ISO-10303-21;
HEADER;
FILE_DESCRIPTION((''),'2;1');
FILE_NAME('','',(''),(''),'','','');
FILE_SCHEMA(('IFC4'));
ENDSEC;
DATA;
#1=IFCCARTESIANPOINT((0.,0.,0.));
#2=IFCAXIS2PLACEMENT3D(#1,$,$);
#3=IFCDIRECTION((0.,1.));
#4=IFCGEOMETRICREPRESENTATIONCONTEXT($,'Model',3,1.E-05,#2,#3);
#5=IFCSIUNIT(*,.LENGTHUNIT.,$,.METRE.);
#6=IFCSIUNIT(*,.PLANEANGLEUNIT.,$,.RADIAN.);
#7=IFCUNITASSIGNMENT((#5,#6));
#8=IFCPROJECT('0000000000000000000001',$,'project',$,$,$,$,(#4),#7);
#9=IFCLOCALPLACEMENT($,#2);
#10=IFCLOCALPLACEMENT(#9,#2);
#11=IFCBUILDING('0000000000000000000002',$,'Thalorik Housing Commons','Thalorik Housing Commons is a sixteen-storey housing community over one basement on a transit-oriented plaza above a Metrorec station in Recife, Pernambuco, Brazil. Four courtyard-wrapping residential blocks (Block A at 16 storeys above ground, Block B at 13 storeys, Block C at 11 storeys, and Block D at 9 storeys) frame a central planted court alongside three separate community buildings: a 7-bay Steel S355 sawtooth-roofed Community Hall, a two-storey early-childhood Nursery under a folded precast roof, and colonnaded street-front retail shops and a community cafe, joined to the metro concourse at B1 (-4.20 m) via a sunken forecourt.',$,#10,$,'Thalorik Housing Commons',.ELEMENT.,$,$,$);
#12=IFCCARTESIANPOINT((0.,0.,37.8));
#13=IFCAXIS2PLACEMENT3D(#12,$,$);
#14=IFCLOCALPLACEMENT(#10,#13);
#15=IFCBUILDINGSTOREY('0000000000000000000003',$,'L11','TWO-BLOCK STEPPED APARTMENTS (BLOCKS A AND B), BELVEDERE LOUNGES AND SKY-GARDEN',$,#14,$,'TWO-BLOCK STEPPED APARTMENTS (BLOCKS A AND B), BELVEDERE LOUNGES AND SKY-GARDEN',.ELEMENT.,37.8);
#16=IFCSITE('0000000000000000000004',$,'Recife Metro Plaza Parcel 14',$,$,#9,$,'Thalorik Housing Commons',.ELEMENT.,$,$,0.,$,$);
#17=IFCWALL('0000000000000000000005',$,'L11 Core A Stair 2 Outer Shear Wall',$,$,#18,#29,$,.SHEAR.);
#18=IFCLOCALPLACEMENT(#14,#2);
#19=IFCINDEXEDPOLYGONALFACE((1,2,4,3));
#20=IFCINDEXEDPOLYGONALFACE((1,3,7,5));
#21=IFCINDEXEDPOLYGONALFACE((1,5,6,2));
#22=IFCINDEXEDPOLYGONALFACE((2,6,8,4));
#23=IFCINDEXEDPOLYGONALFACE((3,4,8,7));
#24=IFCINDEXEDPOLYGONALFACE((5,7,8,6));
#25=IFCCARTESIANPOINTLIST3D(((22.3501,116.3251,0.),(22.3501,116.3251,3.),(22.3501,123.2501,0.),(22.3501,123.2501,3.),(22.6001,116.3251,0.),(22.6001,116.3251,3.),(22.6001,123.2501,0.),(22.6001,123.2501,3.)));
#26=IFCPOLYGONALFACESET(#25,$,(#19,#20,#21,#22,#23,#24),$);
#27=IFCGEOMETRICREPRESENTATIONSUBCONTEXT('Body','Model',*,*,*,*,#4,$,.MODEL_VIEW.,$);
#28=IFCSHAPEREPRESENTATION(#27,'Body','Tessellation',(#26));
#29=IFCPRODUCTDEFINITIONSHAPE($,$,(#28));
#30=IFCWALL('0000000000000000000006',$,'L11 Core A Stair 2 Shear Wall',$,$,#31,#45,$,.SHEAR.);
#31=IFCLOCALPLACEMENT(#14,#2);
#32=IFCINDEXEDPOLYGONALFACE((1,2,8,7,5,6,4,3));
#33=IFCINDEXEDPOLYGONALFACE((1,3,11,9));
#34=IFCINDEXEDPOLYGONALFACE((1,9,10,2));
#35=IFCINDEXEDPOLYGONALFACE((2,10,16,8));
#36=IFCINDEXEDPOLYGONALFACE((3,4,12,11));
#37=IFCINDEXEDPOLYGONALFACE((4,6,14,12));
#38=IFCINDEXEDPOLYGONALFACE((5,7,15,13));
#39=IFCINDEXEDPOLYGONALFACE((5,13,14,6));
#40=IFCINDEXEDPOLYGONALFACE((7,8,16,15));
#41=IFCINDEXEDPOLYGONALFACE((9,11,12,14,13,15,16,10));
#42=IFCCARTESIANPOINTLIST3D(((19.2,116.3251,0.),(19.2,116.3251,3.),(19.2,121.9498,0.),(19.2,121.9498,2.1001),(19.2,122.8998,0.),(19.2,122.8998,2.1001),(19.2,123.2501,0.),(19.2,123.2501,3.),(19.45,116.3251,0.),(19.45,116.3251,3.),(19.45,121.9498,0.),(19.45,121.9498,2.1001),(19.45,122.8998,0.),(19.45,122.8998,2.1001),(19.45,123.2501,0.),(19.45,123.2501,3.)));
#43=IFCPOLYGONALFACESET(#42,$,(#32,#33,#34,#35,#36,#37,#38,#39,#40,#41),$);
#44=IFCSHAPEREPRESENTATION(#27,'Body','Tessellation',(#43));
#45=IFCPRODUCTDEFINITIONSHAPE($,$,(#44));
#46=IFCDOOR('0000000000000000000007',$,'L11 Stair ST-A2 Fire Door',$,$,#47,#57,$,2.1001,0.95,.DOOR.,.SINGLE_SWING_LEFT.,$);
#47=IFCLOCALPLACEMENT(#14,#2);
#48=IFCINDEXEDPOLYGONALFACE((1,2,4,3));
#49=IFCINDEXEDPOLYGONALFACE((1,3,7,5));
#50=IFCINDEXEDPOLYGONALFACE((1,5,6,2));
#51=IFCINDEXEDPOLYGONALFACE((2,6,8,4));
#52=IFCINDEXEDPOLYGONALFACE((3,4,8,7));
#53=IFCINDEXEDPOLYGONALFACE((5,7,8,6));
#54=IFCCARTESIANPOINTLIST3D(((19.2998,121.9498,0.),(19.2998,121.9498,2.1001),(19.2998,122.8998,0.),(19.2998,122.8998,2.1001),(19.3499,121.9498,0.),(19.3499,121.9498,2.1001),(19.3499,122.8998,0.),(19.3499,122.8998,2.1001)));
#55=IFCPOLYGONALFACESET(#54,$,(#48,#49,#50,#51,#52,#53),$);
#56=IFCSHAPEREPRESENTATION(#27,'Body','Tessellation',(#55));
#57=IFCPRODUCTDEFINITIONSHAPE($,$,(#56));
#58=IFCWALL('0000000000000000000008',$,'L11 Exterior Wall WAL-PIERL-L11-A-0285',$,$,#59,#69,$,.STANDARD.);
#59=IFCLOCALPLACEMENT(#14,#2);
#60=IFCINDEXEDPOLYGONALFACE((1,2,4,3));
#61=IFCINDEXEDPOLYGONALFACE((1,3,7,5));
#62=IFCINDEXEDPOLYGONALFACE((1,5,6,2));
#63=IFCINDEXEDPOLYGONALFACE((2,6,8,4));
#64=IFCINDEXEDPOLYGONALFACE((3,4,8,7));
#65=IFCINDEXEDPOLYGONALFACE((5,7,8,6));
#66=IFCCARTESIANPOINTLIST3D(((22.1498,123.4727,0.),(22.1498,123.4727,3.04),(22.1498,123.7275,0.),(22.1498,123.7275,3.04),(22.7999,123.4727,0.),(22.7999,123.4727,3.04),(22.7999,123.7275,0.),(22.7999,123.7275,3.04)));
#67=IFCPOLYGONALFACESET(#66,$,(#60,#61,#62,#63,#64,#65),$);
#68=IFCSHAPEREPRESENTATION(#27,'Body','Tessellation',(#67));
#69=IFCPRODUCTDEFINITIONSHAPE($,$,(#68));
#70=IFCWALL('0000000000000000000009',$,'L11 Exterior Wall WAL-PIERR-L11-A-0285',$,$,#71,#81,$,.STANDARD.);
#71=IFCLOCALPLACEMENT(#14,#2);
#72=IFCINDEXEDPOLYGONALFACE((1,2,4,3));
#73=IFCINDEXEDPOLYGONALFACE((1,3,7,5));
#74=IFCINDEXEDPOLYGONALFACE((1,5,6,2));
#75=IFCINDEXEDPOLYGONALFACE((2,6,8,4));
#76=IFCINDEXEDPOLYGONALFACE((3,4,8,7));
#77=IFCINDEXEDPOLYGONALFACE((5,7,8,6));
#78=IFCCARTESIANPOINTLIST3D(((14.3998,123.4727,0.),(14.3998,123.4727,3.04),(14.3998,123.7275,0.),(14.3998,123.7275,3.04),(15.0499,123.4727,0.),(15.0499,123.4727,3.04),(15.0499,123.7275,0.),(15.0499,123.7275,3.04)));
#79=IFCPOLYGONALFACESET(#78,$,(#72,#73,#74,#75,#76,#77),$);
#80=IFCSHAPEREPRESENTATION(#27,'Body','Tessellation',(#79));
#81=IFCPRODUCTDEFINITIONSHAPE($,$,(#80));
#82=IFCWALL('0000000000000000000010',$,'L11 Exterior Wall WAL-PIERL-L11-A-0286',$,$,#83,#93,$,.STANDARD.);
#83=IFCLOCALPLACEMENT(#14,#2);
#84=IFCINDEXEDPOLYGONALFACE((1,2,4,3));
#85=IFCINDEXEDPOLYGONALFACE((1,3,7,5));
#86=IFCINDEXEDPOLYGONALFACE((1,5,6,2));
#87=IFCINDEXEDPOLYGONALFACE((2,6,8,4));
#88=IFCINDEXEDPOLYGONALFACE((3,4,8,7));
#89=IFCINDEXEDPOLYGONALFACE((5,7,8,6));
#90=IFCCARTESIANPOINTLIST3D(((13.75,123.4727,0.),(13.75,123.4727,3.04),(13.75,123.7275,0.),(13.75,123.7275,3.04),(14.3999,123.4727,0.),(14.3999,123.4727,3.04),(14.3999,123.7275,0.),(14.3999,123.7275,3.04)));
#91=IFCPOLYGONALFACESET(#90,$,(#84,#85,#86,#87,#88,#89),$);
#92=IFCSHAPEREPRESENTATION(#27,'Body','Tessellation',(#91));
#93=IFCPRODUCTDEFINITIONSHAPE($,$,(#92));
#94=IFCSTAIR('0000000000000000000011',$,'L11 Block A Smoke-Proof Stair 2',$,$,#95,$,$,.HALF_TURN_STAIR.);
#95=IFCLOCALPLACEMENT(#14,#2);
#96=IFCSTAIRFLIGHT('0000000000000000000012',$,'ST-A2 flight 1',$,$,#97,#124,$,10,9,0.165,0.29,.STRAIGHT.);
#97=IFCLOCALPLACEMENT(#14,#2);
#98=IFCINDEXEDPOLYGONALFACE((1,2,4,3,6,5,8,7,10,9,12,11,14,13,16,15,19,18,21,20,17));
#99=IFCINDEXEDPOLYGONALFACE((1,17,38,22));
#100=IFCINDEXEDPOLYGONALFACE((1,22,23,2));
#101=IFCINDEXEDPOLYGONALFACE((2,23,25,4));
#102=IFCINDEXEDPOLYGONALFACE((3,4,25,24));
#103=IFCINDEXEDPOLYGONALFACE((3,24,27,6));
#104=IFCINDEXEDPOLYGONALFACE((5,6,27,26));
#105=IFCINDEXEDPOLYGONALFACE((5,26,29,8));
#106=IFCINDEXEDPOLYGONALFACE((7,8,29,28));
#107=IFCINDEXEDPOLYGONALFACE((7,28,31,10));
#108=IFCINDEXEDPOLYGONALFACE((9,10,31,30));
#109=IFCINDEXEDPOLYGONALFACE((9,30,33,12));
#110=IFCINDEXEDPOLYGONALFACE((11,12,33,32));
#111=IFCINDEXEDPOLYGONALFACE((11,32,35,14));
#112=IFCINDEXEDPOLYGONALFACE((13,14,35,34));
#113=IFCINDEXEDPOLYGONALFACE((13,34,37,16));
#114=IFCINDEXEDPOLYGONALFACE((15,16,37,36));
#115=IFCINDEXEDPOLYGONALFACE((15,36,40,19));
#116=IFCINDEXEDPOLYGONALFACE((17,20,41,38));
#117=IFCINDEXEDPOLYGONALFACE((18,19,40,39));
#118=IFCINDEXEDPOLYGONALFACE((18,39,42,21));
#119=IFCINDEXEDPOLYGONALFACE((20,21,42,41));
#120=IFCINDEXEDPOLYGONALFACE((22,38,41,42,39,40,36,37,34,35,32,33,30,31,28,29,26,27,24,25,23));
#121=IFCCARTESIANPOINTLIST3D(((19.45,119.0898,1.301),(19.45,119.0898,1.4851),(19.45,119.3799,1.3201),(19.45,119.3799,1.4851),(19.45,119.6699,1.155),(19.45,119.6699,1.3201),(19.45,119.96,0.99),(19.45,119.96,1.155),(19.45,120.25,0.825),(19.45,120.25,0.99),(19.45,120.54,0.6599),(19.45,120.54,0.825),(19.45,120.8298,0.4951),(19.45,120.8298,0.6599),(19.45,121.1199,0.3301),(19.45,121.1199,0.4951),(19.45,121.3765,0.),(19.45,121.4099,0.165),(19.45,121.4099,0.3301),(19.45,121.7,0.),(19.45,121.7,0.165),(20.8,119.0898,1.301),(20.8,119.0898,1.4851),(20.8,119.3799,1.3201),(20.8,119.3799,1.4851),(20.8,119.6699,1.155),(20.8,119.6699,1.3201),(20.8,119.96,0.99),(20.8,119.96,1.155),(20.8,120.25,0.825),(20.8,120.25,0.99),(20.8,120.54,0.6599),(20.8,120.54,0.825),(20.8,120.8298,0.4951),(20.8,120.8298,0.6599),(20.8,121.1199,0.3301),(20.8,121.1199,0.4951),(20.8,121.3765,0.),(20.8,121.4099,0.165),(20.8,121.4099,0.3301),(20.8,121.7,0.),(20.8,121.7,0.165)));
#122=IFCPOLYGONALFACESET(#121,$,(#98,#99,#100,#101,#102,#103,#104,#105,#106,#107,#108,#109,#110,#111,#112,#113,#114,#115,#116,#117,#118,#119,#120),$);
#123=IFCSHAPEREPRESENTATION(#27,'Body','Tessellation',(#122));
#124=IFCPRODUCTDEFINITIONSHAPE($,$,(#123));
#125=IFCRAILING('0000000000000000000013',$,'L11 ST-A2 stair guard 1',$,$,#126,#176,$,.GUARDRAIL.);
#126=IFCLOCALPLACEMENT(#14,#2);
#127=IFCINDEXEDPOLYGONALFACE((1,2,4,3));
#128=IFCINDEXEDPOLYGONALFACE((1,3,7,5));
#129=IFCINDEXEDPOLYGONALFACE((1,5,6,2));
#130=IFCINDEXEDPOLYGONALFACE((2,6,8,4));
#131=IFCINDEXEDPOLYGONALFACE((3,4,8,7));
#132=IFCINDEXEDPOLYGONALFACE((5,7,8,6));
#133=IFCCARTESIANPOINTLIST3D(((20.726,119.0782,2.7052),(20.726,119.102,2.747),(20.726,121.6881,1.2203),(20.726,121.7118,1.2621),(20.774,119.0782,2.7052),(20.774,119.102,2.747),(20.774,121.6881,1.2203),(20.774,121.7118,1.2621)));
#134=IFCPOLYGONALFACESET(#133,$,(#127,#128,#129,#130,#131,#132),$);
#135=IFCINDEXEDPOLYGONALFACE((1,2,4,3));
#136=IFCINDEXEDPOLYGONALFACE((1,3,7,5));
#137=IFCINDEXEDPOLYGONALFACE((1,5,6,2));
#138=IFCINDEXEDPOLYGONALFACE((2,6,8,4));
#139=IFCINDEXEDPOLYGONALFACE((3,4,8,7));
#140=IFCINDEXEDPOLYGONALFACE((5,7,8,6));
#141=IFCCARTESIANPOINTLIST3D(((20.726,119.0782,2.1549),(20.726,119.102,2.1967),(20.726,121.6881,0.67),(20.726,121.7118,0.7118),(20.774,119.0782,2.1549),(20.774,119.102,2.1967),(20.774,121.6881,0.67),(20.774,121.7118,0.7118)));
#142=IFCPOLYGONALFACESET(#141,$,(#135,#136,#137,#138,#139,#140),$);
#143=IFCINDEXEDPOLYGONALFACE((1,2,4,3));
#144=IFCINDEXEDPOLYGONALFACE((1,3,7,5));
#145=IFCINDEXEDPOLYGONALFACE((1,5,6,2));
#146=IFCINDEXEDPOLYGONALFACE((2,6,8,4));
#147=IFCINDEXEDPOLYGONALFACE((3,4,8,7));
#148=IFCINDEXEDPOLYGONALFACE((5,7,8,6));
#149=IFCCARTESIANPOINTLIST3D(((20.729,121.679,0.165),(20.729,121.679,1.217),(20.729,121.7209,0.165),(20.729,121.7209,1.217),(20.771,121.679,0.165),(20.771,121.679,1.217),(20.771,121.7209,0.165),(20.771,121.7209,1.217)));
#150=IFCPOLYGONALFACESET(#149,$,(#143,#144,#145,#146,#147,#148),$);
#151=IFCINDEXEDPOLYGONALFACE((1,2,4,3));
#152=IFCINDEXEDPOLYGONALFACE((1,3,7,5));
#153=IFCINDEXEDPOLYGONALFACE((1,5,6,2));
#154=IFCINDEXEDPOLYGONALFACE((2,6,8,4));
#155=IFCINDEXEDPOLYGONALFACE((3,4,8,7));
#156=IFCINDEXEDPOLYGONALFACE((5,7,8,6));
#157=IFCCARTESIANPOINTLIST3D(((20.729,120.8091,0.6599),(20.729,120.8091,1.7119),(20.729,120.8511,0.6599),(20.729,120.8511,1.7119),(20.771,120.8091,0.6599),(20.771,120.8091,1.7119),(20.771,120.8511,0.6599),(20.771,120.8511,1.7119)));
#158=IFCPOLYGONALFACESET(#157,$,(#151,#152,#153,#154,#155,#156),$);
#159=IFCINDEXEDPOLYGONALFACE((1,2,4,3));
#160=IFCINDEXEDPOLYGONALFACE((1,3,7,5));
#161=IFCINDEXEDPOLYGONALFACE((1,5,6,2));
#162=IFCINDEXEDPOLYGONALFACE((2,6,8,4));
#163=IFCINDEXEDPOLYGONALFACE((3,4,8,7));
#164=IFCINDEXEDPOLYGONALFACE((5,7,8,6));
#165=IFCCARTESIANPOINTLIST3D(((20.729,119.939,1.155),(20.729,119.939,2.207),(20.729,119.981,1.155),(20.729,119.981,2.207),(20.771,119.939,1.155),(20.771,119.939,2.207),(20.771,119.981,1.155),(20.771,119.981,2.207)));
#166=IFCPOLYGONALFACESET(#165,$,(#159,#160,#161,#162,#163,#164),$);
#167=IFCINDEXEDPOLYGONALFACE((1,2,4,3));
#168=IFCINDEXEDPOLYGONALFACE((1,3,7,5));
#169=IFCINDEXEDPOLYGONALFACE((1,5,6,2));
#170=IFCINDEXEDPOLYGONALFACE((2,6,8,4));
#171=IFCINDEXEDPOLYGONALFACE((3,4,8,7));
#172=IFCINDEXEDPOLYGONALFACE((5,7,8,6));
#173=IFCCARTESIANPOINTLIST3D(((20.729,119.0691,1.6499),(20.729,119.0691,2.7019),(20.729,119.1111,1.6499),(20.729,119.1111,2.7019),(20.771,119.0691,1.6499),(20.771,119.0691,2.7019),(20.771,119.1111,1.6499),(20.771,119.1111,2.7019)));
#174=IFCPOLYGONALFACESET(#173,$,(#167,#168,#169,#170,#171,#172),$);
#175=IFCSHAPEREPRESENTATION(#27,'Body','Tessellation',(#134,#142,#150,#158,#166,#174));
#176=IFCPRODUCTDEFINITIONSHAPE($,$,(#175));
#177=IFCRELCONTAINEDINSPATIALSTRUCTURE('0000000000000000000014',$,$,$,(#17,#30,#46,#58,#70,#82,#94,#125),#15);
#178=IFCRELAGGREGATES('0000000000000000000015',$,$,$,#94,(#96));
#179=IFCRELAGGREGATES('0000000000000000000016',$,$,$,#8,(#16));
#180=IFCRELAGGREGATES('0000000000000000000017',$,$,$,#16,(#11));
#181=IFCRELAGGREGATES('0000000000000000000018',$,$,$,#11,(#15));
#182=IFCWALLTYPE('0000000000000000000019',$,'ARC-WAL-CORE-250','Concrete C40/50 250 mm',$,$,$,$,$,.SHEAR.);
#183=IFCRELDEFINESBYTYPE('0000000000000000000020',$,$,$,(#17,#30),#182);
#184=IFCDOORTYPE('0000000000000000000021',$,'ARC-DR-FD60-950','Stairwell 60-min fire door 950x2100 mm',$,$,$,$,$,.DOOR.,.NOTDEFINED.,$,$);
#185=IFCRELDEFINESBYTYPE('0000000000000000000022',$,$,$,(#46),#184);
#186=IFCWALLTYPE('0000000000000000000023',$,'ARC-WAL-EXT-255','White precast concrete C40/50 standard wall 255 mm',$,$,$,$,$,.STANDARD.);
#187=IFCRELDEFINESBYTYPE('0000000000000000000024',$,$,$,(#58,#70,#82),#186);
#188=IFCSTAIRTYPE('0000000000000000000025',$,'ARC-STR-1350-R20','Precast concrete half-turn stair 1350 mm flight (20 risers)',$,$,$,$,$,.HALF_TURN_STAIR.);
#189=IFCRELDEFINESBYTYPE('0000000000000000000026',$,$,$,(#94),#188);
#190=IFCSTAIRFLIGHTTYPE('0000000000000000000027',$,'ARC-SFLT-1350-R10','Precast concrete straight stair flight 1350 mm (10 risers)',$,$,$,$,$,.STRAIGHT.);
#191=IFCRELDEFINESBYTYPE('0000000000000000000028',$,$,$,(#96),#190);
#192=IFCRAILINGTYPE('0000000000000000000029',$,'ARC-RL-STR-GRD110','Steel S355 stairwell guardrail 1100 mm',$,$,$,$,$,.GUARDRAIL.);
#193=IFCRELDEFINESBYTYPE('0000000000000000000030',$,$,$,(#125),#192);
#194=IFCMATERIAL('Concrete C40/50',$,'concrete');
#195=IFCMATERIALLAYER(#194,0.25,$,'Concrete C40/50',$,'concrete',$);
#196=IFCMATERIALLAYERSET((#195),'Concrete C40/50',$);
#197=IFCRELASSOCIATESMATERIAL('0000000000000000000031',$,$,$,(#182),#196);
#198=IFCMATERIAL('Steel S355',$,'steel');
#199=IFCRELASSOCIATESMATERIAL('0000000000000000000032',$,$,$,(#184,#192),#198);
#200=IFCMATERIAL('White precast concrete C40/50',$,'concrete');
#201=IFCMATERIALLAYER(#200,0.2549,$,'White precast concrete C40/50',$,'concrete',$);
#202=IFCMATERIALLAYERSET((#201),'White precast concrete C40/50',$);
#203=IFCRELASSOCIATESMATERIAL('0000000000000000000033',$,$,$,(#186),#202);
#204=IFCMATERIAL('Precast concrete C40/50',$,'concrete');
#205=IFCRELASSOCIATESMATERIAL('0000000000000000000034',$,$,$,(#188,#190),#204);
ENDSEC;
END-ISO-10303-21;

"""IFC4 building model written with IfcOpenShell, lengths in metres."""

from ifc_helpers import new_model, si_unit, direction, frame, frame_2d, origin, origin_2d, place, context, subcontext, project, spatial, polyline, rectangle, outline, extrude, material, layer, layer_set, type_object, element, fill, aggregate, save


model = new_model("IFC4")

# Units and contexts
model_context = context("Model", 3, precision=1e-05, world=origin(), true_north=direction((0.0, 1.0)))
body_context = subcontext(model_context, "Body", "Model", "MODEL_VIEW")
ifc_project = project(units=[si_unit("LENGTHUNIT", "METRE"), si_unit("PLANEANGLEUNIT", "RADIAN")], contexts=[model_context])

# Site, building, storey
site_placement = place(None, origin())
site = spatial("IfcSite", under=ifc_project, at=site_placement, Name="Recife Metro Plaza Parcel 14", LongName="Thalorik Housing Commons", CompositionType="ELEMENT", RefElevation=0.0)
building_placement = place(site_placement, origin())
building = spatial("IfcBuilding", under=site, at=building_placement, Name="Thalorik Housing Commons", Description="Thalorik Housing Commons is a sixteen-storey housing community over one basement on a transit-oriented plaza above a Metrorec station in Recife, Pernambuco, Brazil. Four courtyard-wrapping residential blocks (Block A at 16 storeys above ground, Block B at 13 storeys, Block C at 11 storeys, and Block D at 9 storeys) frame a central planted court alongside three separate community buildings: a 7-bay Steel S355 sawtooth-roofed Community Hall, a two-storey early-childhood Nursery under a folded precast roof, and colonnaded street-front retail shops and a community cafe, joined to the metro concourse at B1 (-4.20 m) via a sunken forecourt.", LongName="Thalorik Housing Commons", CompositionType="ELEMENT")
storey_placement = place(building_placement, frame((0.0, 0.0, 37.8)))
storey = spatial("IfcBuildingStorey", under=building, at=storey_placement, Name="L11", Description="TWO-BLOCK STEPPED APARTMENTS (BLOCKS A AND B), BELVEDERE LOUNGES AND SKY-GARDEN", LongName="TWO-BLOCK STEPPED APARTMENTS (BLOCKS A AND B), BELVEDERE LOUNGES AND SKY-GARDEN", CompositionType="ELEMENT", Elevation=37.8)

# Shared definitions
ifc_material_1 = material(Name="Precast concrete C40/50", Category="concrete")

# Wall
ifc_material_2 = material(Name="Concrete C40/50", Category="concrete")
ifc_layer_1 = layer(ifc_material_2, 0.25, Name="Concrete C40/50", Category="concrete")
ifc_layer_set_1 = layer_set([ifc_layer_1], Name="Concrete C40/50")
wall_type_1 = type_object("IfcWallType", Name="ARC-WAL-CORE-250", Description="Concrete C40/50 250 mm", PredefinedType="SHEAR", material=ifc_layer_set_1)
wall_1_placement = place(storey_placement, frame((22.4751, 123.25, 0.0), z_axis=(0.0, 0.0, 1.0), x_axis=(0.0, -1.0, 0.0)))
element("IfcWall", 1, at=wall_1_placement, inside=storey, type_object=wall_type_1, Name="L11 Core A Stair 2 Outer Shear Wall", PredefinedType="SHEAR", context=body_context, shape_type="SweptSolid", body=[
    extrude(rectangle(XDim=6.925, YDim=0.25, at=frame_2d((3.4624, 0.0))), origin(), (0.0, 0.0, 1.0), 3.0),
])

# Wall, opening, door
wall_2_placement = place(storey_placement, frame((19.325, 123.25, 0.0), z_axis=(0.0, 0.0, 1.0), x_axis=(0.0, -1.0, 0.0)))
wall_2 = element("IfcWall", 2, at=wall_2_placement, inside=storey, type_object=wall_type_1, Name="L11 Core A Stair 2 Shear Wall", PredefinedType="SHEAR", context=body_context, shape_type="SweptSolid", body=[
    extrude(rectangle(XDim=6.925, YDim=0.25, at=frame_2d((3.4624, 0.0))), origin(), (0.0, 0.0, 1.0), 3.0),
])
opening_placement = place(wall_2_placement, frame((0.3501, 0.0, 0.0)))
opening = element("IfcOpeningElement", 3, at=opening_placement, cuts=wall_2, PredefinedType="OPENING", context=body_context, shape_type="SweptSolid", body=[
    extrude(rectangle(XDim=0.95, YDim=2.1001, at=frame_2d((0.4751, 1.05))), frame((0.0, 0.135, 0.0), z_axis=(0.0, -1.0, 0.0), x_axis=(1.0, 0.0, 0.0)), (0.0, 0.0, 1.0), 0.27),
])
ifc_material_3 = material(Name="Steel S355", Category="steel")
door_type = type_object("IfcDoorType", Name="ARC-DR-FD60-950", Description="Stairwell 60-min fire door 950x2100 mm", OperationType="NOTDEFINED", PredefinedType="DOOR", material=ifc_material_3)
door_placement = place(opening_placement, origin())
door = element("IfcDoor", 4, at=door_placement, inside=storey, type_object=door_type, Name="L11 Stair ST-A2 Fire Door", OperationType="SINGLE_SWING_LEFT", OverallHeight=2.1001, OverallWidth=0.95, PredefinedType="DOOR", context=body_context, shape_type="SweptSolid", body=[
    extrude(rectangle(XDim=0.95, YDim=2.1001, at=frame_2d((0.4751, 1.05))), frame((0.0, 0.0249, 0.0), z_axis=(0.0, -1.0, 0.0), x_axis=(1.0, 0.0, 0.0)), (0.0, 0.0, 1.0), 0.05),
])
fill(opening, door)

# Walls
ifc_material_4 = material(Name="White precast concrete C40/50", Category="concrete")
ifc_layer_2 = layer(ifc_material_4, 0.2549, Name="White precast concrete C40/50", Category="concrete")
ifc_layer_set_2 = layer_set([ifc_layer_2], Name="White precast concrete C40/50")
wall_type_2 = type_object("IfcWallType", Name="ARC-WAL-EXT-255", Description="White precast concrete C40/50 standard wall 255 mm", PredefinedType="STANDARD", material=ifc_layer_set_2)
for number, where, z_axis, x_axis, name in (
    (5, (22.8, 123.6001, 0.0), (0.0, 0.0, 1.0), (-1.0, 0.0, 0.0), "L11 Exterior Wall WAL-PIERL-L11-A-0285"),
    (6, (15.05, 123.6001, 0.0), (0.0, 0.0, 1.0), (-1.0, 0.0, 0.0), "L11 Exterior Wall WAL-PIERR-L11-A-0285"),
):
    element("IfcWall", number, at=place(storey_placement, frame(where, z_axis=z_axis, x_axis=x_axis)), inside=storey, type_object=wall_type_2, Name=name, PredefinedType="STANDARD", context=body_context, shape_type="SweptSolid", body=[
        extrude(rectangle(XDim=0.6501, YDim=0.2549, at=frame_2d((0.3252, 0.0))), origin(), (0.0, 0.0, 1.0), 3.04),
    ])
wall_3_placement = place(storey_placement, frame((14.3999, 123.6001, 0.0), z_axis=(0.0, 0.0, 1.0), x_axis=(-1.0, 0.0, 0.0)))
element("IfcWall", 7, at=wall_3_placement, inside=storey, type_object=wall_type_2, Name="L11 Exterior Wall WAL-PIERL-L11-A-0286", PredefinedType="STANDARD", context=body_context, shape_type="SweptSolid", body=[
    extrude(rectangle(XDim=0.6499, YDim=0.2549, at=frame_2d((0.325, 0.0))), origin(), (0.0, 0.0, 1.0), 3.04),
])

# Stair, stair flight
stair_type = type_object("IfcStairType", Name="ARC-STR-1350-R20", Description="Precast concrete half-turn stair 1350 mm flight (20 risers)", PredefinedType="HALF_TURN_STAIR", material=ifc_material_1)
stair_placement = place(storey_placement, origin())
stair = element("IfcStair", 8, at=stair_placement, inside=storey, type_object=stair_type, Name="L11 Block A Smoke-Proof Stair 2", PredefinedType="HALF_TURN_STAIR")
stair_flight_type = type_object("IfcStairFlightType", Name="ARC-SFLT-1350-R10", Description="Precast concrete straight stair flight 1350 mm (10 risers)", PredefinedType="STRAIGHT", material=ifc_material_1)
stair_flight_placement = place(storey_placement, frame((20.125, 121.7, 0.0), z_axis=(0.0, 0.0, 1.0), x_axis=(0.0, -1.0, 0.0)))
stair_flight = element("IfcStairFlight", 9, at=stair_flight_placement, type_object=stair_flight_type, Name="ST-A2 flight 1", NumberOfRisers=10, NumberOfTreads=9, PredefinedType="STRAIGHT", RiserHeight=0.165, TreadLength=0.29, context=body_context, shape_type="SweptSolid", body=[
    extrude(outline(polyline([(0.0, 0.0), (0.0, 0.165), (0.29, 0.165), (0.29, 0.3301), (0.5801, 0.3301), (0.5801, 0.4951), (0.8701, 0.4951), (0.8701, 0.6599), (1.1599, 0.6599), (1.1599, 0.825), (1.45, 0.825), (1.45, 0.99), (1.74, 0.99), (1.74, 1.155), (2.03, 1.155), (2.03, 1.3201), (2.3201, 1.3201), (2.3201, 1.4851), (2.6101, 1.4851), (2.6101, 1.6499), (2.6101, 1.301), (0.3235, 0.0), (0.0, 0.0)])), frame((0.0, 0.675, 0.0), z_axis=(0.0, -1.0, 0.0), x_axis=(1.0, 0.0, 0.0)), (0.0, 0.0, 1.0), 1.3501),
])
aggregate(stair, [stair_flight])

# Railing
railing_type_1 = type_object("IfcRailingType", Name="ARC-RL-STR-GRD110", Description="Steel S355 stairwell guardrail 1100 mm", PredefinedType="GUARDRAIL", material=ifc_material_3)
railing_1_placement = place(storey_placement, frame((20.75, 121.7, 0.165)))
element("IfcRailing", 10, at=railing_1_placement, inside=storey, type_object=railing_type_1, Name="L11 ST-A2 stair guard 1", PredefinedType="GUARDRAIL", context=body_context, shape_type="SweptSolid", body=[
    extrude(rectangle(XDim=0.0481, YDim=0.0481, at=origin_2d()), frame((0.0, 0.0, 1.0762), z_axis=(0.0, -0.869172, 0.494509), x_axis=(1.0, 0.0, 0.0)), (0.0, 0.0, 1.0), 3.0027),
    extrude(rectangle(XDim=0.0481, YDim=0.0481, at=origin_2d()), frame((0.0, 0.0, 0.5259), z_axis=(0.0, -0.869172, 0.494509), x_axis=(1.0, 0.0, 0.0)), (0.0, 0.0, 1.0), 3.0027),
    extrude(rectangle(XDim=0.042, YDim=0.042, at=origin_2d()), origin(), (0.0, 0.0, 1.0), 1.052),
    extrude(rectangle(XDim=0.042, YDim=0.042, at=origin_2d()), frame((0.0, -0.8699, 0.4949)), (0.0, 0.0, 1.0), 1.052),
    extrude(rectangle(XDim=0.042, YDim=0.042, at=origin_2d()), frame((0.0, -1.74, 0.99)), (0.0, 0.0, 1.0), 1.052),
    extrude(rectangle(XDim=0.042, YDim=0.042, at=origin_2d()), frame((0.0, -2.6099, 1.4849)), (0.0, 0.0, 1.0), 1.052),
])

save(model, "model.ifc")
